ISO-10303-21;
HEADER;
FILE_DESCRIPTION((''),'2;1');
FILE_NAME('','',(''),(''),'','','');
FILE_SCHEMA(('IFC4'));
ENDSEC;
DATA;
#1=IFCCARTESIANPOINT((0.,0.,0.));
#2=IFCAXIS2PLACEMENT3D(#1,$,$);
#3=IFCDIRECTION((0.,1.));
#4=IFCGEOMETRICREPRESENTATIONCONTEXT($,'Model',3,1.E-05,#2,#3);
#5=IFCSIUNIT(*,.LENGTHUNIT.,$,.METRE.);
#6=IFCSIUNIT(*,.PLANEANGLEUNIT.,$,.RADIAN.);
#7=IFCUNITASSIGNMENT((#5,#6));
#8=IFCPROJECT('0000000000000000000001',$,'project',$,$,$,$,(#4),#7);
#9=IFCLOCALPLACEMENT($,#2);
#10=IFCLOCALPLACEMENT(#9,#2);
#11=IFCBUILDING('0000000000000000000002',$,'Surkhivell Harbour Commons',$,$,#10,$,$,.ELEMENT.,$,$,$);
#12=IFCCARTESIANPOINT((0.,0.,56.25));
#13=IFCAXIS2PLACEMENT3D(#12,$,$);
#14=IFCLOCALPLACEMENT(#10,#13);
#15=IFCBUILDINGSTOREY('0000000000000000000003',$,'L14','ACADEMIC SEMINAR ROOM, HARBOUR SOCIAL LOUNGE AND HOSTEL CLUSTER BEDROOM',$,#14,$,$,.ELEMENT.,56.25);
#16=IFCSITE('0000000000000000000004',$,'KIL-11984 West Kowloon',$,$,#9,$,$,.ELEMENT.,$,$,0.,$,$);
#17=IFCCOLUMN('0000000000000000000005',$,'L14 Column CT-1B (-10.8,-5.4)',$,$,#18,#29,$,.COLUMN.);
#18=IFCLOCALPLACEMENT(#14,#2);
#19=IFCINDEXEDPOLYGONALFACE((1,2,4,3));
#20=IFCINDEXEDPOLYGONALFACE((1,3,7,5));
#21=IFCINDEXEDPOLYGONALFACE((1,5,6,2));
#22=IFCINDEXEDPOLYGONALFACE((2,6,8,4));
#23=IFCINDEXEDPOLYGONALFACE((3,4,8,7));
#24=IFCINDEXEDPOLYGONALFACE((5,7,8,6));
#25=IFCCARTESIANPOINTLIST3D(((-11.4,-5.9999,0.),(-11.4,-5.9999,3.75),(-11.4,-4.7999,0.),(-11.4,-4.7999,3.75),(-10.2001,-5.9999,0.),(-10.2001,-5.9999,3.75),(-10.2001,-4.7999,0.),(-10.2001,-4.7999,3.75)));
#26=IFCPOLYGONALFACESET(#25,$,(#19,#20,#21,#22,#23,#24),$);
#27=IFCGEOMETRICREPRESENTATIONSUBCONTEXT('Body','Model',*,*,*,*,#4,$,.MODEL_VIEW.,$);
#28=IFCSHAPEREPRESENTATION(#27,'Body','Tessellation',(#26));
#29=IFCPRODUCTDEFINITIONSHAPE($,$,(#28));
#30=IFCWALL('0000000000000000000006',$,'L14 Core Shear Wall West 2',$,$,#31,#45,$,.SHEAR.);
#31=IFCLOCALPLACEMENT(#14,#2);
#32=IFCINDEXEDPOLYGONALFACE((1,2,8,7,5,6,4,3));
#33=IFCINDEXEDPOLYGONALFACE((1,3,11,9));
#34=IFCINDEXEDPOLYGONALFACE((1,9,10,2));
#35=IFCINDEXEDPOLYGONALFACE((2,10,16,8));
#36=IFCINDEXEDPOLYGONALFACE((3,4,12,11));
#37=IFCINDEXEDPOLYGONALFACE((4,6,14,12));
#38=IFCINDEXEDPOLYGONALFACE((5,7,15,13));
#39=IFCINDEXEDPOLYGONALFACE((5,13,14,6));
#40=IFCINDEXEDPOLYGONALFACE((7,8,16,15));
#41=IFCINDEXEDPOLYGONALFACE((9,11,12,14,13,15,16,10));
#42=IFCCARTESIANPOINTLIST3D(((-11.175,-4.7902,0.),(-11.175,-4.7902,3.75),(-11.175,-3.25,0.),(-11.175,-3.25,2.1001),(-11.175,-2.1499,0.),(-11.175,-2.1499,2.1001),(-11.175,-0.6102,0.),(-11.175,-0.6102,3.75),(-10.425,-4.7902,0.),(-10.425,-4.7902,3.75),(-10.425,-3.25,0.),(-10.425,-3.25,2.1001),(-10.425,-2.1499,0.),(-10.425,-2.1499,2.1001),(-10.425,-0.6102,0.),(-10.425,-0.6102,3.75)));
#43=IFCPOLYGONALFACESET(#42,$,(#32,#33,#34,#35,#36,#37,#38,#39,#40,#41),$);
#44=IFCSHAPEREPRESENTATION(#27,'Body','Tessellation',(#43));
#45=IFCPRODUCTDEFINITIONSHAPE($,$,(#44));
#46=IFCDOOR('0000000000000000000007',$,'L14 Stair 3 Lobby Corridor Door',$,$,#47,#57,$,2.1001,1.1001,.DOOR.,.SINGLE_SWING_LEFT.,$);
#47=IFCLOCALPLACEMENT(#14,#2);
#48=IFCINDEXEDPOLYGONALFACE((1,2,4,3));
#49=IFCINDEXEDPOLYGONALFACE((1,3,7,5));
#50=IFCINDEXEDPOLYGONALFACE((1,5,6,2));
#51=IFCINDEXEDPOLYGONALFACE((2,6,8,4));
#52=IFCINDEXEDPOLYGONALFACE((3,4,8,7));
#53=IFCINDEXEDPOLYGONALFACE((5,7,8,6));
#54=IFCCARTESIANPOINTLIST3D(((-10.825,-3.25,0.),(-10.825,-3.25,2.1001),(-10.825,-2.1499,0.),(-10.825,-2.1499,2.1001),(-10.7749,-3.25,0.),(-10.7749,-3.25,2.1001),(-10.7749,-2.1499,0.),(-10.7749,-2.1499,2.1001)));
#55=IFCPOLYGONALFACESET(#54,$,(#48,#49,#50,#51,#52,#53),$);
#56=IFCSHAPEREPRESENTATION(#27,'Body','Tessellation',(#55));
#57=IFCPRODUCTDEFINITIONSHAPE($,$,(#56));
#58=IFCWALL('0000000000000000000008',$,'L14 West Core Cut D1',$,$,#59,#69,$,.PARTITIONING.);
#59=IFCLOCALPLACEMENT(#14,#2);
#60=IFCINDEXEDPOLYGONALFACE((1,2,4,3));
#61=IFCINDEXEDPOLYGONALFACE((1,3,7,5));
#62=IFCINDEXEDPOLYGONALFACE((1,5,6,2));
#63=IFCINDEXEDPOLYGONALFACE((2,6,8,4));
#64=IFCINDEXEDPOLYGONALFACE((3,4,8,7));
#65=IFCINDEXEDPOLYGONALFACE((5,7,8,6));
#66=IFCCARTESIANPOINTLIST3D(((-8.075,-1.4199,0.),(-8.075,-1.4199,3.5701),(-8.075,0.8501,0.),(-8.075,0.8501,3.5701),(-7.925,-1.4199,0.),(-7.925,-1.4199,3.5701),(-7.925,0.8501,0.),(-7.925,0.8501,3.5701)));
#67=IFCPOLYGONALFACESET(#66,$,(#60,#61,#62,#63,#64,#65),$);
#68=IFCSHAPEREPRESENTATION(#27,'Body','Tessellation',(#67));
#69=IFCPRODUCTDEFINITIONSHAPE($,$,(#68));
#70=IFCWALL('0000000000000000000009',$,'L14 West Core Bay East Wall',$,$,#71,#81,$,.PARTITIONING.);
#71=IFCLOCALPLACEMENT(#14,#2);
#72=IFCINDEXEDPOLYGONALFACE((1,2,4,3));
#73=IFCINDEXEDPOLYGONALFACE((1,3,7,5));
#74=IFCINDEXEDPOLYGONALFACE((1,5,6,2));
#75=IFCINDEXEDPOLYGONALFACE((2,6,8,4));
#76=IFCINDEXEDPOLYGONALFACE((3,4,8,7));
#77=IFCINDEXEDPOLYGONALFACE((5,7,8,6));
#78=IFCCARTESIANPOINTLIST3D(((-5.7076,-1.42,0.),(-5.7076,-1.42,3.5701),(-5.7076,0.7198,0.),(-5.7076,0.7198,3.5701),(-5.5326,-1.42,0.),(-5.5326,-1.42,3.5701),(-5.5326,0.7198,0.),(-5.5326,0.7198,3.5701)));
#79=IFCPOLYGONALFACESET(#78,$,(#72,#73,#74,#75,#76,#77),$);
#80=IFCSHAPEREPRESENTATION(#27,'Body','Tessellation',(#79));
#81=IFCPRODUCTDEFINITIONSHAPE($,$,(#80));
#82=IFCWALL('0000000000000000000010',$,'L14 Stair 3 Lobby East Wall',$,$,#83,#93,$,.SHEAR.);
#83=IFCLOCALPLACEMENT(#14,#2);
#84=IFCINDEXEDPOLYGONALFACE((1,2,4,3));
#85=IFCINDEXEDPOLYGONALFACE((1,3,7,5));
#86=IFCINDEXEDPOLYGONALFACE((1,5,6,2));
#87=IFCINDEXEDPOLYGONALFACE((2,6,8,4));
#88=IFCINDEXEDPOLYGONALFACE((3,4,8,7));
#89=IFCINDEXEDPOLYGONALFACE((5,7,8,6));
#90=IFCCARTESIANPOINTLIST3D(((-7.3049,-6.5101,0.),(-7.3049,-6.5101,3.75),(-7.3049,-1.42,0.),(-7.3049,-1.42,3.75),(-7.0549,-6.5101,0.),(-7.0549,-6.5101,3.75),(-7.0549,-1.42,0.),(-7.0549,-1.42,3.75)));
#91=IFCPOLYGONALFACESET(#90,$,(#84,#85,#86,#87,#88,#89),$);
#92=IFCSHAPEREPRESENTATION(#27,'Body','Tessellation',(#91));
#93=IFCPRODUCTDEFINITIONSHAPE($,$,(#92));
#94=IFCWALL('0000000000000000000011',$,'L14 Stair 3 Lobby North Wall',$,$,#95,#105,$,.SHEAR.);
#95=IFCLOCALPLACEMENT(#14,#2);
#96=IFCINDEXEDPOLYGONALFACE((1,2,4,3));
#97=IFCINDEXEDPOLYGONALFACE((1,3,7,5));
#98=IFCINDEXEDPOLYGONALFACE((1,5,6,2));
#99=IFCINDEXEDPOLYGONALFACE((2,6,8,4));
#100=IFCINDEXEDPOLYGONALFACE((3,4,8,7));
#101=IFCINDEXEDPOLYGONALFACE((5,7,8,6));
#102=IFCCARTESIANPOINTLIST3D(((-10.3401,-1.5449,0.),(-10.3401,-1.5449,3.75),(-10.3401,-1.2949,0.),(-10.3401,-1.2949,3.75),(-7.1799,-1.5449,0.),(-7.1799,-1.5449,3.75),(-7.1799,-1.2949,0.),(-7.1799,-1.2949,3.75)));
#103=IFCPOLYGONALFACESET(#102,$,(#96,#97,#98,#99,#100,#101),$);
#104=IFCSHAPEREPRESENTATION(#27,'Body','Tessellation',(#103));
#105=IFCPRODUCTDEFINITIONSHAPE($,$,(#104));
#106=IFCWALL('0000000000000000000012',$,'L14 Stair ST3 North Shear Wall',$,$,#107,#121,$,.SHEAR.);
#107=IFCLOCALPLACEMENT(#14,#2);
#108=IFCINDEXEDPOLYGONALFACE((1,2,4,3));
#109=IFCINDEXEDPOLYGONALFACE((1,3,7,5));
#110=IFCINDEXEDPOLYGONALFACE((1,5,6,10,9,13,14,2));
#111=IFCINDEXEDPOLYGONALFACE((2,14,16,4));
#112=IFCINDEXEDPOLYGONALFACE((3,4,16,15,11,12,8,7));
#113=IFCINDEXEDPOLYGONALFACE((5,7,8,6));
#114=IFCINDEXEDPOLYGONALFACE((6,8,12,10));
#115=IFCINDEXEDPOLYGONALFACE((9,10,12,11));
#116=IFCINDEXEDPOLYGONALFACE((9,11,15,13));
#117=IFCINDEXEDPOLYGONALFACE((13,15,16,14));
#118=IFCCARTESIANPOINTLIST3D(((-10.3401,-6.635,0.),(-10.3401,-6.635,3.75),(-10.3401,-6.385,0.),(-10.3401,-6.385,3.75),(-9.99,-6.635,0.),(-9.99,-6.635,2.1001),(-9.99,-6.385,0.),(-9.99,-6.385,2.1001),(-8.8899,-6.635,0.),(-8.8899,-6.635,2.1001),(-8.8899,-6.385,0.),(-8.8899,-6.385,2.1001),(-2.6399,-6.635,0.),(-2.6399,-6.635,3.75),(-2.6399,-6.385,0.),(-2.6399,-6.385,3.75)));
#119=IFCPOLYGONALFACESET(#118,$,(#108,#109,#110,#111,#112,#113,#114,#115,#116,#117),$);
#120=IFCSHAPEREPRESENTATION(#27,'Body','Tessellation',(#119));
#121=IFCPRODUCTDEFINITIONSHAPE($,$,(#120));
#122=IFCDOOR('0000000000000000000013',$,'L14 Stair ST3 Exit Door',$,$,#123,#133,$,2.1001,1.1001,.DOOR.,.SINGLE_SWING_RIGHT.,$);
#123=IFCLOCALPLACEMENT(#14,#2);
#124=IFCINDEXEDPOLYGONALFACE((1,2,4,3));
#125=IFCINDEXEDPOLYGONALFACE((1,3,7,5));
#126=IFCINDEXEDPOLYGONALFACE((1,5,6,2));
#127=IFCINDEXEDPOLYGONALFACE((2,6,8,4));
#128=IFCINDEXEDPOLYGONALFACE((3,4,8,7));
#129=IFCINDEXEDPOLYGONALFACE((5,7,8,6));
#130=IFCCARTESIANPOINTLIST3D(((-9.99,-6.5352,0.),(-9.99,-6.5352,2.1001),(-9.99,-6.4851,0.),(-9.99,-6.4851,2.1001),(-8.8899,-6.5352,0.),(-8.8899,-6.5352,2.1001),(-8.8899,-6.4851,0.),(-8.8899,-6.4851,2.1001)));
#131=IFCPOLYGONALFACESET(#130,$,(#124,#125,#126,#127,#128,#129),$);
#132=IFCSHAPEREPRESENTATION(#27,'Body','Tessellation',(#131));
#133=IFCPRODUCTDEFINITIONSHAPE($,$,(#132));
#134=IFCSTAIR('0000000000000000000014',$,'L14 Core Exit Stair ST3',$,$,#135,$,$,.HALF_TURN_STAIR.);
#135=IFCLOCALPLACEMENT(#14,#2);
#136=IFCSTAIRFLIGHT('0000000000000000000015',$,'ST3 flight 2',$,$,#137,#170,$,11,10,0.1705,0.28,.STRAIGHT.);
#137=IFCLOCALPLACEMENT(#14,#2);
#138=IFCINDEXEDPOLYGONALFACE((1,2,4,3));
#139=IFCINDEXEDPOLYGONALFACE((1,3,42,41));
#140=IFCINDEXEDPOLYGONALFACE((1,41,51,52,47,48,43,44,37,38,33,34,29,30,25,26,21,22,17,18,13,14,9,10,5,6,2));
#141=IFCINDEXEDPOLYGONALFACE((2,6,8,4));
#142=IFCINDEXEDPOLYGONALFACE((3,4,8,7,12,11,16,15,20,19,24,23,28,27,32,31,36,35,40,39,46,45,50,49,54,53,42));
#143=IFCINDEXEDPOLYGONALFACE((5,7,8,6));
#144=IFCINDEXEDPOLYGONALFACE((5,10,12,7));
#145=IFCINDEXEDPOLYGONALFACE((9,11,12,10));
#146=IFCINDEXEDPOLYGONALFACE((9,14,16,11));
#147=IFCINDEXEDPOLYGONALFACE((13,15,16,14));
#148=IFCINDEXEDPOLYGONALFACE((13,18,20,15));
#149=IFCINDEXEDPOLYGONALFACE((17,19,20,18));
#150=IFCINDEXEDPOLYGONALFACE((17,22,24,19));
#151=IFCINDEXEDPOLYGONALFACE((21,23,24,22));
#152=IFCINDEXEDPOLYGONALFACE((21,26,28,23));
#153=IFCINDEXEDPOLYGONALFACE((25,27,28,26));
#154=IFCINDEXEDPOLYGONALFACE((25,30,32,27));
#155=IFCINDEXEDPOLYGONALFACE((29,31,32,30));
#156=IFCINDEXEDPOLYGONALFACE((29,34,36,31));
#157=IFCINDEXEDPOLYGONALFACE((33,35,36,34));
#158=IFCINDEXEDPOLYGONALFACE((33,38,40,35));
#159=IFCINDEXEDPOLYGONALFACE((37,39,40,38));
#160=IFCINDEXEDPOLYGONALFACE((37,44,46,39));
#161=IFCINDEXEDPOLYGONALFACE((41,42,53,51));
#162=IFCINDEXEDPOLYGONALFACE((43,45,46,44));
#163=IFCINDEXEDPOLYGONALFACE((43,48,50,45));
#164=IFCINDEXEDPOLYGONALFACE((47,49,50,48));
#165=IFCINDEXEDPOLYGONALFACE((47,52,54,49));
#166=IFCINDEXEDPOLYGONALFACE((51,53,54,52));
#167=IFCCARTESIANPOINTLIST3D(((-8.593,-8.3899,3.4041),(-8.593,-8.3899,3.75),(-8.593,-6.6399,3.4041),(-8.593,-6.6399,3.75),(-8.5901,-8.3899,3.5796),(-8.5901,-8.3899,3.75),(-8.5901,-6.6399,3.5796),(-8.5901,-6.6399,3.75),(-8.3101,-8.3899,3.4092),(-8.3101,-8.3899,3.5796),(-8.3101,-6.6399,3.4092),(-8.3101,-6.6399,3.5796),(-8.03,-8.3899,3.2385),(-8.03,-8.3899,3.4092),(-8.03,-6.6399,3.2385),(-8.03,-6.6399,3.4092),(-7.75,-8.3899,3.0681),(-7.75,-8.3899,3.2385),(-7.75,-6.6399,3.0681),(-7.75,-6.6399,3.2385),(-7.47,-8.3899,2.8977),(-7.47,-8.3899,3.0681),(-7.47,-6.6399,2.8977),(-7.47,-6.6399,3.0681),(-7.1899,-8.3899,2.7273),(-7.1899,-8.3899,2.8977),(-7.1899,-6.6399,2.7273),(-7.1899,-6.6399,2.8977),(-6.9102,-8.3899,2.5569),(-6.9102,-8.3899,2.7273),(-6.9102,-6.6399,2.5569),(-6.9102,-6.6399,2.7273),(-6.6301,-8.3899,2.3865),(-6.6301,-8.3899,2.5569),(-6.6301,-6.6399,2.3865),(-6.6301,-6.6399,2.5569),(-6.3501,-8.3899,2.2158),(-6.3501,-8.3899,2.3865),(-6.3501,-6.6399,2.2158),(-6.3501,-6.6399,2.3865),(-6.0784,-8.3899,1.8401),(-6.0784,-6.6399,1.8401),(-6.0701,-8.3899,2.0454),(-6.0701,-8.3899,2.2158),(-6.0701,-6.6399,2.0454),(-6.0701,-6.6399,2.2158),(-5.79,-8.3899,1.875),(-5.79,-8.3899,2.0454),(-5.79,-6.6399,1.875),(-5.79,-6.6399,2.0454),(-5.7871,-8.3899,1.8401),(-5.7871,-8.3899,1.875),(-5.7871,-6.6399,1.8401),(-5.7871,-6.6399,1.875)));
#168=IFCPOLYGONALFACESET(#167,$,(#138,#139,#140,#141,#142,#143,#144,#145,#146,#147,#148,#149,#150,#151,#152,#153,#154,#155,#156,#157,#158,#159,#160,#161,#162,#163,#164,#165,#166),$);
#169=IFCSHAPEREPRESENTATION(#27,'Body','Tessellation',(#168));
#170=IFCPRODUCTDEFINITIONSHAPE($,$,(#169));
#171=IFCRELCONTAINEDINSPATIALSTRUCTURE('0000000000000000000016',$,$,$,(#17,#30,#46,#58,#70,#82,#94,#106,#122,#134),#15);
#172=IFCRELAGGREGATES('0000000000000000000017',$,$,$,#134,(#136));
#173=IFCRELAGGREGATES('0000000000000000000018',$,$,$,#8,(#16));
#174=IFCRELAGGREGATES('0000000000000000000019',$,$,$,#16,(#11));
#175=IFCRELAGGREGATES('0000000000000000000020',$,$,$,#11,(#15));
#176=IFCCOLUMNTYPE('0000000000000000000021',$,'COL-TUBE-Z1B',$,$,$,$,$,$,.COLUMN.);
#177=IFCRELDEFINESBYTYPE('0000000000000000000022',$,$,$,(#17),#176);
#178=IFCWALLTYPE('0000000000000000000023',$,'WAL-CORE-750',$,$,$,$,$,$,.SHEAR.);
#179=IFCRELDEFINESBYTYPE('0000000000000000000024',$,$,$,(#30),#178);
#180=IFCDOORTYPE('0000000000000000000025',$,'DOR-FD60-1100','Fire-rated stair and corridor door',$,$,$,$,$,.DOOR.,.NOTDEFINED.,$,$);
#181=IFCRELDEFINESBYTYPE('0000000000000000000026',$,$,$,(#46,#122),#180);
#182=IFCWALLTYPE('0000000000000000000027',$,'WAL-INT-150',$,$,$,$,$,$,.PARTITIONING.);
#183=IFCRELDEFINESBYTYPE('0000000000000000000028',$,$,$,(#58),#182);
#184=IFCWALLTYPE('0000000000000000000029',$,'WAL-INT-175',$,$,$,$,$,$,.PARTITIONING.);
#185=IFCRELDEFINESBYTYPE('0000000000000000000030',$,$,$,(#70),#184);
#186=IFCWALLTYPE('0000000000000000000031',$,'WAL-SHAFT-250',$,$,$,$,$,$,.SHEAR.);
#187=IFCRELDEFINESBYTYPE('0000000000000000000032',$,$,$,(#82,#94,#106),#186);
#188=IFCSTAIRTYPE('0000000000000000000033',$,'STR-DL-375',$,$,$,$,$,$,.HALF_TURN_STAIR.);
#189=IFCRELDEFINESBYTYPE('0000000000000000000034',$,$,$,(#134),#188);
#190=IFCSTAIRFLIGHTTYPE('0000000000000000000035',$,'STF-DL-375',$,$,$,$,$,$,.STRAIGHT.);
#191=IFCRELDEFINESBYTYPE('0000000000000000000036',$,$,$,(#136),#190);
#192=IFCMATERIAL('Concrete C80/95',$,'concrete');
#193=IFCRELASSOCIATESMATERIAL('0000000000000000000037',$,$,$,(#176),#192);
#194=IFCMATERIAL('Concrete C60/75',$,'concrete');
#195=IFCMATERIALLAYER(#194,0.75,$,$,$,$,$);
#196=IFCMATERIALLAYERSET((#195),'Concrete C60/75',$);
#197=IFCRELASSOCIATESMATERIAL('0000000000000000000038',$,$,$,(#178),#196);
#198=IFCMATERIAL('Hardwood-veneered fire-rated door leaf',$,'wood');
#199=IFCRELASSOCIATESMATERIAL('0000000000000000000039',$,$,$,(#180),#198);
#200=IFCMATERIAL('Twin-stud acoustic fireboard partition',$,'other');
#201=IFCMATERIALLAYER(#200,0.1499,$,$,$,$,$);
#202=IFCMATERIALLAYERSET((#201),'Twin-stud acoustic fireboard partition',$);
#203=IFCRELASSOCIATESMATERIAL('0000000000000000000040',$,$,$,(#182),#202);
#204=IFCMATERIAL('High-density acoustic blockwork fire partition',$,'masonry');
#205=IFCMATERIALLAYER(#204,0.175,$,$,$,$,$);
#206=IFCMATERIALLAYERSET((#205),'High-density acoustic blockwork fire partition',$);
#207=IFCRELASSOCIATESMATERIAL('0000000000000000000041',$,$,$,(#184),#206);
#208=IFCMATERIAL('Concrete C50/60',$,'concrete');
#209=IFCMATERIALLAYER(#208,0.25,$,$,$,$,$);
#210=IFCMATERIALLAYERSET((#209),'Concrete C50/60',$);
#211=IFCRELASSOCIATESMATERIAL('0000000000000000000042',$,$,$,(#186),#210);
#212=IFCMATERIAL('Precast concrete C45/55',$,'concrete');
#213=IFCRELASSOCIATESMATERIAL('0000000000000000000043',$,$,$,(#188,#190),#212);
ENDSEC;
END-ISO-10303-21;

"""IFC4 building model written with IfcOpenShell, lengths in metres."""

from ifc_helpers import new_model, si_unit, direction, frame, frame_2d, origin, origin_2d, place, context, subcontext, project, spatial, polyline, rectangle, outline, extrude, material, layer, layer_set, material_profile, profile_set, type_object, element, fill, aggregate, save


model = new_model("IFC4")

# Units and contexts
model_context = context("Model", 3, precision=1e-05, world=origin(), true_north=direction((0.0, 1.0)))
body_context = subcontext(model_context, "Body", "Model", "MODEL_VIEW")
ifc_project = project(units=[si_unit("LENGTHUNIT", "METRE"), si_unit("PLANEANGLEUNIT", "RADIAN")], contexts=[model_context])

# Site, building, storey
site_placement = place(None, origin())
site = spatial("IfcSite", under=ifc_project, at=site_placement, Name="KIL-11984 West Kowloon", CompositionType="ELEMENT", RefElevation=0.0)
building_placement = place(site_placement, origin())
building = spatial("IfcBuilding", under=site, at=building_placement, Name="Surkhivell Harbour Commons", CompositionType="ELEMENT")
storey_placement = place(building_placement, frame((0.0, 0.0, 56.25)))
storey = spatial("IfcBuildingStorey", under=building, at=storey_placement, Name="L14", Description="ACADEMIC SEMINAR ROOM, HARBOUR SOCIAL LOUNGE AND HOSTEL CLUSTER BEDROOM", CompositionType="ELEMENT", Elevation=56.25)

# Column
ifc_material_1 = material(Name="Concrete C80/95", Category="concrete")
ifc_material_profile = material_profile(ifc_material_1, rectangle(XDim=1.2, YDim=1.2, at=origin_2d()), Name="RC-COL-1200x1200")
ifc_profile_set = profile_set([ifc_material_profile], Name="Concrete C80/95")
column_type = type_object("IfcColumnType", Name="COL-TUBE-Z1B", PredefinedType="COLUMN", material=ifc_profile_set)
column_placement = place(storey_placement, frame((-10.8, -5.3999, 0.0), z_axis=(0.0, 0.0, 1.0), x_axis=(1.0, 0.0, 0.0)))
element("IfcColumn", 1, at=column_placement, inside=storey, type_object=column_type, Name="L14 Column CT-1B (-10.8,-5.4)", PredefinedType="COLUMN", context=body_context, shape_type="SweptSolid", body=[
    extrude(rectangle(XDim=1.2, YDim=1.2, at=origin_2d()), origin(), (0.0, 0.0, 1.0), 3.75),
])

# Wall, opening, door
ifc_material_2 = material(Name="Concrete C60/75", Category="concrete")
ifc_layer_1 = layer(ifc_material_2, 0.75)
ifc_layer_set_1 = layer_set([ifc_layer_1], Name="Concrete C60/75")
wall_type_1 = type_object("IfcWallType", Name="WAL-CORE-750", PredefinedType="SHEAR", material=ifc_layer_set_1)
wall_1_placement = place(storey_placement, frame((-10.8, -4.79, 0.0), z_axis=(0.0, 0.0, 1.0), x_axis=(0.0, 1.0, 0.0)))
wall_1 = element("IfcWall", 2, at=wall_1_placement, inside=storey, type_object=wall_type_1, Name="L14 Core Shear Wall West 2", PredefinedType="SHEAR", context=body_context, shape_type="SweptSolid", body=[
    extrude(rectangle(XDim=4.1799, YDim=0.75, at=frame_2d((2.0898, 0.0))), origin(), (0.0, 0.0, 1.0), 3.75),
])
opening_1_placement = place(wall_1_placement, frame((1.54, 0.0, 0.0)))
opening_1 = element("IfcOpeningElement", 3, at=opening_1_placement, cuts=wall_1, PredefinedType="OPENING", context=body_context, shape_type="SweptSolid", body=[
    extrude(rectangle(XDim=1.1001, YDim=2.1001, at=frame_2d((0.55, 1.05))), frame((0.0, 0.385, 0.0), z_axis=(0.0, -1.0, 0.0), x_axis=(1.0, 0.0, 0.0)), (0.0, 0.0, 1.0), 0.77),
])
ifc_material_3 = material(Name="Hardwood-veneered fire-rated door leaf", Category="wood")
door_type = type_object("IfcDoorType", Name="DOR-FD60-1100", Description="Fire-rated stair and corridor door", OperationType="NOTDEFINED", PredefinedType="DOOR", material=ifc_material_3)
door_1_placement = place(opening_1_placement, origin())
door_1 = element("IfcDoor", 4, at=door_1_placement, inside=storey, type_object=door_type, Name="L14 Stair 3 Lobby Corridor Door", OperationType="SINGLE_SWING_LEFT", OverallHeight=2.1001, OverallWidth=1.1001, PredefinedType="DOOR", context=body_context, shape_type="SweptSolid", body=[
    extrude(rectangle(XDim=1.1001, YDim=2.1001, at=frame_2d((0.55, 1.05))), frame((0.0, 0.0249, 0.0), z_axis=(0.0, -1.0, 0.0), x_axis=(1.0, 0.0, 0.0)), (0.0, 0.0, 1.0), 0.05),
])
fill(opening_1, door_1)

# Walls
ifc_material_4 = material(Name="Twin-stud acoustic fireboard partition", Category="other")
ifc_layer_2 = layer(ifc_material_4, 0.1499)
ifc_layer_set_2 = layer_set([ifc_layer_2], Name="Twin-stud acoustic fireboard partition")
wall_type_2 = type_object("IfcWallType", Name="WAL-INT-150", PredefinedType="PARTITIONING", material=ifc_layer_set_2)
wall_2_placement = place(storey_placement, frame((-8.0, -1.4199, 0.0), z_axis=(0.0, 0.0, 1.0), x_axis=(0.0, 1.0, 0.0)))
element("IfcWall", 5, at=wall_2_placement, inside=storey, type_object=wall_type_2, Name="L14 West Core Cut D1", PredefinedType="PARTITIONING", context=body_context, shape_type="SweptSolid", body=[
    extrude(rectangle(XDim=2.27, YDim=0.1499, at=frame_2d((1.135, 0.0))), origin(), (0.0, 0.0, 1.0), 3.5701),
])
ifc_material_5 = material(Name="High-density acoustic blockwork fire partition", Category="masonry")
ifc_layer_3 = layer(ifc_material_5, 0.175)
ifc_layer_set_3 = layer_set([ifc_layer_3], Name="High-density acoustic blockwork fire partition")
wall_type_3 = type_object("IfcWallType", Name="WAL-INT-175", PredefinedType="PARTITIONING", material=ifc_layer_set_3)
wall_3_placement = place(storey_placement, frame((-5.6201, -1.4199, 0.0), z_axis=(0.0, 0.0, 1.0), x_axis=(0.0, 1.0, 0.0)))
element("IfcWall", 6, at=wall_3_placement, inside=storey, type_object=wall_type_3, Name="L14 West Core Bay East Wall", PredefinedType="PARTITIONING", context=body_context, shape_type="SweptSolid", body=[
    extrude(rectangle(XDim=2.1399, YDim=0.175, at=frame_2d((1.0698, 0.0))), origin(), (0.0, 0.0, 1.0), 3.5701),
])
ifc_material_6 = material(Name="Concrete C50/60", Category="concrete")
ifc_layer_4 = layer(ifc_material_6, 0.25)
ifc_layer_set_4 = layer_set([ifc_layer_4], Name="Concrete C50/60")
wall_type_4 = type_object("IfcWallType", Name="WAL-SHAFT-250", PredefinedType="SHEAR", material=ifc_layer_set_4)
wall_4_placement = place(storey_placement, frame((-7.1799, -6.51, 0.0), z_axis=(0.0, 0.0, 1.0), x_axis=(0.0, 1.0, 0.0)))
element("IfcWall", 7, at=wall_4_placement, inside=storey, type_object=wall_type_4, Name="L14 Stair 3 Lobby East Wall", PredefinedType="SHEAR", context=body_context, shape_type="SweptSolid", body=[
    extrude(rectangle(XDim=5.0901, YDim=0.25, at=frame_2d((2.5449, 0.0))), origin(), (0.0, 0.0, 1.0), 3.75),
])
wall_5_placement = place(storey_placement, frame((-10.3401, -1.4199, 0.0), z_axis=(0.0, 0.0, 1.0), x_axis=(1.0, 0.0, 0.0)))
element("IfcWall", 8, at=wall_5_placement, inside=storey, type_object=wall_type_4, Name="L14 Stair 3 Lobby North Wall", PredefinedType="SHEAR", context=body_context, shape_type="SweptSolid", body=[
    extrude(rectangle(XDim=3.1602, YDim=0.25, at=frame_2d((1.5801, 0.0))), origin(), (0.0, 0.0, 1.0), 3.75),
])

# Wall, opening, door
wall_6_placement = place(storey_placement, frame((-10.3401, -6.51, 0.0), z_axis=(0.0, 0.0, 1.0), x_axis=(1.0, 0.0, 0.0)))
wall_6 = element("IfcWall", 9, at=wall_6_placement, inside=storey, type_object=wall_type_4, Name="L14 Stair ST3 North Shear Wall", PredefinedType="SHEAR", context=body_context, shape_type="SweptSolid", body=[
    extrude(rectangle(XDim=7.7002, YDim=0.25, at=frame_2d((3.8501, 0.0))), origin(), (0.0, 0.0, 1.0), 3.75),
])
opening_2_placement = place(wall_6_placement, frame((0.3501, 0.0, 0.0)))
opening_2 = element("IfcOpeningElement", 10, at=opening_2_placement, cuts=wall_6, PredefinedType="OPENING", context=body_context, shape_type="SweptSolid", body=[
    extrude(rectangle(XDim=1.1001, YDim=2.1001, at=frame_2d((0.55, 1.05))), frame((0.0, 0.135, 0.0), z_axis=(0.0, -1.0, 0.0), x_axis=(1.0, 0.0, 0.0)), (0.0, 0.0, 1.0), 0.27),
])
door_2_placement = place(opening_2_placement, origin())
door_2 = element("IfcDoor", 11, at=door_2_placement, inside=storey, type_object=door_type, Name="L14 Stair ST3 Exit Door", OperationType="SINGLE_SWING_RIGHT", OverallHeight=2.1001, OverallWidth=1.1001, PredefinedType="DOOR", context=body_context, shape_type="SweptSolid", body=[
    extrude(rectangle(XDim=1.1001, YDim=2.1001, at=frame_2d((0.55, 1.05))), frame((0.0, 0.0249, 0.0), z_axis=(0.0, -1.0, 0.0), x_axis=(1.0, 0.0, 0.0)), (0.0, 0.0, 1.0), 0.05),
])
fill(opening_2, door_2)

# Stair, stair flight
ifc_material_7 = material(Name="Precast concrete C45/55", Category="concrete")
stair_type = type_object("IfcStairType", Name="STR-DL-375", PredefinedType="HALF_TURN_STAIR", material=ifc_material_7)
stair_placement = place(storey_placement, origin())
stair = element("IfcStair", 12, at=stair_placement, inside=storey, type_object=stair_type, Name="L14 Core Exit Stair ST3", PredefinedType="HALF_TURN_STAIR")
stair_flight_type = type_object("IfcStairFlightType", Name="STF-DL-375", PredefinedType="STRAIGHT", material=ifc_material_7)
stair_flight_placement = place(storey_placement, frame((-5.79, -7.5149, 1.875), z_axis=(0.0, 0.0, 1.0), x_axis=(-1.0, 0.0, 0.0)))
stair_flight = element("IfcStairFlight", 13, at=stair_flight_placement, type_object=stair_flight_type, Name="ST3 flight 2", NumberOfRisers=11, NumberOfTreads=10, PredefinedType="STRAIGHT", RiserHeight=0.1705, TreadLength=0.28, context=body_context, shape_type="SweptSolid", body=[
    extrude(outline(polyline([(-0.0029, -0.0349), (-0.0029, 0.0), (0.0, 0.0), (0.0, 0.1704), (0.28, 0.1704), (0.28, 0.3408), (0.5601, 0.3408), (0.5601, 0.5115), (0.8401, 0.5115), (0.8401, 0.6819), (1.1201, 0.6819), (1.1201, 0.8523), (1.3999, 0.8523), (1.3999, 1.0227), (1.6799, 1.0227), (1.6799, 1.1931), (1.96, 1.1931), (1.96, 1.3635), (2.24, 1.3635), (2.24, 1.5342), (2.52, 1.5342), (2.52, 1.7046), (2.8, 1.7046), (2.8, 1.875), (2.803, 1.875), (2.803, 1.5291), (0.2883, -0.0349), (-0.0029, -0.0349)])), frame((0.0, 0.875, 0.0), z_axis=(0.0, -1.0, 0.0), x_axis=(1.0, 0.0, 0.0)), (0.0, 0.0, 1.0), 1.75),
])
aggregate(stair, [stair_flight])

save(model, "model.ifc")
